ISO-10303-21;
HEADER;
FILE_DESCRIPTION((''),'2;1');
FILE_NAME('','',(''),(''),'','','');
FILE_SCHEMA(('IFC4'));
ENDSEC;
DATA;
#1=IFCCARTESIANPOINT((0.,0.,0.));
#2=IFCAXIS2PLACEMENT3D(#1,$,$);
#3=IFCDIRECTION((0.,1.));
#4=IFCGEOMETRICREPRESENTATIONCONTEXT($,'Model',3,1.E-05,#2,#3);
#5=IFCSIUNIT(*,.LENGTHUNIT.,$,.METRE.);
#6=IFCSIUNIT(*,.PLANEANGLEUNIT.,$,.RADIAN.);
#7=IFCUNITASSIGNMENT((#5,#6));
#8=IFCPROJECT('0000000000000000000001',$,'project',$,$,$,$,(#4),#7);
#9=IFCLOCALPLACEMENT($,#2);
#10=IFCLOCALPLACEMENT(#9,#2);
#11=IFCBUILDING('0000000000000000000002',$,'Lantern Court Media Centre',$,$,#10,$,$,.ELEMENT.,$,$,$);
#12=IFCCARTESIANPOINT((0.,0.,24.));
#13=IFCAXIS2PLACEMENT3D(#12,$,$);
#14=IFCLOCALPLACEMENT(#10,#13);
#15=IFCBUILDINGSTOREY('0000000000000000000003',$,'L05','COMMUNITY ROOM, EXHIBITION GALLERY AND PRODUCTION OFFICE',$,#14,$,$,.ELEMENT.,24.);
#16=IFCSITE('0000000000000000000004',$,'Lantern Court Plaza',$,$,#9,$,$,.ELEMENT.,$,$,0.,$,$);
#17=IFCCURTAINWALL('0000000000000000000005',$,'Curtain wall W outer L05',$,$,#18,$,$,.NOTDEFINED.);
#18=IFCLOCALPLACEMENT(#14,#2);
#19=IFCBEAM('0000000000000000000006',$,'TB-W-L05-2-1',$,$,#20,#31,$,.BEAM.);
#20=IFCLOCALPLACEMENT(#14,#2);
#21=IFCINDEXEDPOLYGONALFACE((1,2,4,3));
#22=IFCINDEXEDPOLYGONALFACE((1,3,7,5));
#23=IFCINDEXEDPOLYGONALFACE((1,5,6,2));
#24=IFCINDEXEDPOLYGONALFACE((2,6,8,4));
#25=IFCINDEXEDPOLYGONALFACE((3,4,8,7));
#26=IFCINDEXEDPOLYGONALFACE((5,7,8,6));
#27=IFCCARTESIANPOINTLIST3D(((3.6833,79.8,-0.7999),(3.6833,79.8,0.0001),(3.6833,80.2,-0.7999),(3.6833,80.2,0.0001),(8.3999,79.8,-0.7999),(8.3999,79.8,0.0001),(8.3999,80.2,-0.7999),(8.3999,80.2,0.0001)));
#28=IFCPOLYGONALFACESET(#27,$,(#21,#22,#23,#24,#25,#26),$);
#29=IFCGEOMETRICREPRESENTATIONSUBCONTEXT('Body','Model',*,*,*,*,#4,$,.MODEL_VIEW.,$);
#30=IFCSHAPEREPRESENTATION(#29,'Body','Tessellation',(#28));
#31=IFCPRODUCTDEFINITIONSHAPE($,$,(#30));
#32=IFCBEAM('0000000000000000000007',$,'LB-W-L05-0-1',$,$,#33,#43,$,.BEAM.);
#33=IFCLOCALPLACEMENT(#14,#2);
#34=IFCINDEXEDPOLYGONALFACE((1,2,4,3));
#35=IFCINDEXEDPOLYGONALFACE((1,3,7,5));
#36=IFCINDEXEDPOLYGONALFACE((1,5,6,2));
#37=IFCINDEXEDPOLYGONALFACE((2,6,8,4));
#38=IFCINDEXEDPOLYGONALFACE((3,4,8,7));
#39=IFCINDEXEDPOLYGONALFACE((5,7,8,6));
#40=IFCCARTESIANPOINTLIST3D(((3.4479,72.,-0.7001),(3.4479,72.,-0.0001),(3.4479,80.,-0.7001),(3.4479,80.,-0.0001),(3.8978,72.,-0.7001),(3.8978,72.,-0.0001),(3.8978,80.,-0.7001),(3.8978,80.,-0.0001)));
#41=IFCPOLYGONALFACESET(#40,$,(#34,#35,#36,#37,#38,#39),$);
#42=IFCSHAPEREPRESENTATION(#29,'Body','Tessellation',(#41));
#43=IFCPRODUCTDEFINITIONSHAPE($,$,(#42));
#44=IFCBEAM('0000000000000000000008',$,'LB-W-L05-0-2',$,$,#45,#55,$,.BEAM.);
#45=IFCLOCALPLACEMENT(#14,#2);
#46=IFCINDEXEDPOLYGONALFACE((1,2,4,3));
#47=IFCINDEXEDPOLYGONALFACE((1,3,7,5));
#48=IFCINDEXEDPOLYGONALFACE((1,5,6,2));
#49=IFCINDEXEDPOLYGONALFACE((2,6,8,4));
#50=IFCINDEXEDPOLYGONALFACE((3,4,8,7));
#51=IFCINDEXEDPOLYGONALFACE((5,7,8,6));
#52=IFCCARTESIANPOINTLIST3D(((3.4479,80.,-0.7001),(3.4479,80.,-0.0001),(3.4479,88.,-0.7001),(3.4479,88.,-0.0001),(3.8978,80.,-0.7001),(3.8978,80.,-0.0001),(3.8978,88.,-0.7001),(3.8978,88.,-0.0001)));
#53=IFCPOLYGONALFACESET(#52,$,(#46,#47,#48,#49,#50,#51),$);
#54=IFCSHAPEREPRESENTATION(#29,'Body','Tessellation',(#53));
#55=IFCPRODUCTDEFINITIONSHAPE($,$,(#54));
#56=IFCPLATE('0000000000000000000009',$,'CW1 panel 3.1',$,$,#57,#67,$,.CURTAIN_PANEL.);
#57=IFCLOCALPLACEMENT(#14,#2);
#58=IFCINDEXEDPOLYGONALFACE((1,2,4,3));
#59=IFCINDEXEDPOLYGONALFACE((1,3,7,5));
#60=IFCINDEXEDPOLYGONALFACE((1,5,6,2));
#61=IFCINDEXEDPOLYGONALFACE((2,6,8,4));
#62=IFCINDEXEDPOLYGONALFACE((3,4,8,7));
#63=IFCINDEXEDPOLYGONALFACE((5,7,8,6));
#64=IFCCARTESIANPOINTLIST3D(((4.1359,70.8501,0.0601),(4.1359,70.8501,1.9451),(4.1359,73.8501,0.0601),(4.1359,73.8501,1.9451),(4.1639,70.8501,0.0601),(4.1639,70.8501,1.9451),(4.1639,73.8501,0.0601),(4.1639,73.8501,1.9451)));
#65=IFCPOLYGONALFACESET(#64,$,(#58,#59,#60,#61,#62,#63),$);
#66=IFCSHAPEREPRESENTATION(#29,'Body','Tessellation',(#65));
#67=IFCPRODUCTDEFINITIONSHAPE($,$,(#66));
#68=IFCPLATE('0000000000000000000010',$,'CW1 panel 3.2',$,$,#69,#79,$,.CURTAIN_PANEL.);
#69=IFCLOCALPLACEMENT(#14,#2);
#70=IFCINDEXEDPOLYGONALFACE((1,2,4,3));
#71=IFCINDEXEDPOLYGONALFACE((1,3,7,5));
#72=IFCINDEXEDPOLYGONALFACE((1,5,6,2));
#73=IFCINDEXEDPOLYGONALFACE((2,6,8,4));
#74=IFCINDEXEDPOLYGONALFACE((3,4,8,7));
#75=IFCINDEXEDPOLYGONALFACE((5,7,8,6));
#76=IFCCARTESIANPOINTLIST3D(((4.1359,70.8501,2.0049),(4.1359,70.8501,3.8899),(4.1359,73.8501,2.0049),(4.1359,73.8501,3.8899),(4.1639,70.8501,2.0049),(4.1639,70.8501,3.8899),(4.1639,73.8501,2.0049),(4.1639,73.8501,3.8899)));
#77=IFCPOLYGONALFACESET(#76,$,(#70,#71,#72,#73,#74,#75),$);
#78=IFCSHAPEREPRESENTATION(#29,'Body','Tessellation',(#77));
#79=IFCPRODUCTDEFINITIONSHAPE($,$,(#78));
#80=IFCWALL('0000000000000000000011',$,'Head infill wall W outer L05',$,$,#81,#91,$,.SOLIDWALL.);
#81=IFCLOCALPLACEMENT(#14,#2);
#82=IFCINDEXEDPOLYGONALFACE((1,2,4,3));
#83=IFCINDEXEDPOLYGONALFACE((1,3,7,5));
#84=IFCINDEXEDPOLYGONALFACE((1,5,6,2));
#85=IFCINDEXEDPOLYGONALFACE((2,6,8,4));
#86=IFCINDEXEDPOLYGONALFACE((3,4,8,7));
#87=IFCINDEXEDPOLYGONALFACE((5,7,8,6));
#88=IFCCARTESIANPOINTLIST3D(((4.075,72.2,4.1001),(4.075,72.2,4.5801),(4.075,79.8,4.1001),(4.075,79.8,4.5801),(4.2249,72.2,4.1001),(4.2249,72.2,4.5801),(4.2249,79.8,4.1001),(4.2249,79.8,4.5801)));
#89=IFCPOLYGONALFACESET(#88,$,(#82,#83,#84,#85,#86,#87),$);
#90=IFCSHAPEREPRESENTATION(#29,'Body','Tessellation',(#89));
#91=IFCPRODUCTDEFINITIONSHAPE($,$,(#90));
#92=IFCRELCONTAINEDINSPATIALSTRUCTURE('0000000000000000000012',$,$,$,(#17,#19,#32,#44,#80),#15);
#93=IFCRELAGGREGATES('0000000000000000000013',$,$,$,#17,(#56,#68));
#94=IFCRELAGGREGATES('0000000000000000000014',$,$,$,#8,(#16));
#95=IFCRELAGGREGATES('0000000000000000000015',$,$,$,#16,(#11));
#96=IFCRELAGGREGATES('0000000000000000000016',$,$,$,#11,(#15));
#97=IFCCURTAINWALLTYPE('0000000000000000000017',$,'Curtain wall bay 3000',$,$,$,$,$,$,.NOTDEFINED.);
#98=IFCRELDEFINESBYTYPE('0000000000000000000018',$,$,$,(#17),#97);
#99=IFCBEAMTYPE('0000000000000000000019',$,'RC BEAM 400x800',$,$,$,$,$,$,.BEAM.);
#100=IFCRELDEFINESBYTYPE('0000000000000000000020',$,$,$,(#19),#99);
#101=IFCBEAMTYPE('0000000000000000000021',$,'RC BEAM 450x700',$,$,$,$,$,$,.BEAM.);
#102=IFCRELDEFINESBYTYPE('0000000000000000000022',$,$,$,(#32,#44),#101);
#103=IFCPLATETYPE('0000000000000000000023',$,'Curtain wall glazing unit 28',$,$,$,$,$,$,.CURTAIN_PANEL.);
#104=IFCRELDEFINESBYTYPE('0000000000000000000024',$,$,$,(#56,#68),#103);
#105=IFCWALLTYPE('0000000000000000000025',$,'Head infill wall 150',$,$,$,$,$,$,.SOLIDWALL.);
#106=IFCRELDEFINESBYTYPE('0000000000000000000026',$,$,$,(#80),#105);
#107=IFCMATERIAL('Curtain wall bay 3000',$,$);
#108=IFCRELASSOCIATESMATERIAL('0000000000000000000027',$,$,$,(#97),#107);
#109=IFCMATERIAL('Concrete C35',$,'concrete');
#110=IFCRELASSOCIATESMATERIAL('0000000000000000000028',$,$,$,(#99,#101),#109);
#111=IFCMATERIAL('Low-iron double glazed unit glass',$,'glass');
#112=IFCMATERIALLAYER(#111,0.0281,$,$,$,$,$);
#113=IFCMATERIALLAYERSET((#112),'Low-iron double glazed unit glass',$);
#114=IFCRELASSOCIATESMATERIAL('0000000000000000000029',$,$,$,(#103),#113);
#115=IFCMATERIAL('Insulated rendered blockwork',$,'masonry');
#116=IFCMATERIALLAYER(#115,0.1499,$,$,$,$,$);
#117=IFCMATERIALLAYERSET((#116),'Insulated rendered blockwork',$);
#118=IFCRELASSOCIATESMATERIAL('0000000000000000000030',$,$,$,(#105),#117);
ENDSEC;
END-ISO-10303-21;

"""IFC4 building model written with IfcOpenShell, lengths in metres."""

from ifc_helpers import new_model, si_unit, direction, frame, frame_2d, origin, origin_2d, place, context, subcontext, project, spatial, rectangle, extrude, material, layer, layer_set, material_profile, profile_set, type_object, element, aggregate, save


model = new_model("IFC4")

# Units and contexts
model_context = context("Model", 3, precision=1e-05, world=origin(), true_north=direction((0.0, 1.0)))
body_context = subcontext(model_context, "Body", "Model", "MODEL_VIEW")
ifc_project = project(units=[si_unit("LENGTHUNIT", "METRE"), si_unit("PLANEANGLEUNIT", "RADIAN")], contexts=[model_context])

# Site, building, storey
site_placement = place(None, origin())
site = spatial("IfcSite", under=ifc_project, at=site_placement, Name="Lantern Court Plaza", CompositionType="ELEMENT", RefElevation=0.0)
building_placement = place(site_placement, origin())
building = spatial("IfcBuilding", under=site, at=building_placement, Name="Lantern Court Media Centre", CompositionType="ELEMENT")
storey_placement = place(building_placement, frame((0.0, 0.0, 24.0)))
storey = spatial("IfcBuildingStorey", under=building, at=storey_placement, Name="L05", Description="COMMUNITY ROOM, EXHIBITION GALLERY AND PRODUCTION OFFICE", CompositionType="ELEMENT", Elevation=24.0)

# Shared definitions
ifc_material_1 = material(Name="Concrete C35", Category="concrete")

# Curtain wall
ifc_material_2 = material(Name="Curtain wall bay 3000")
curtain_wall_type = type_object("IfcCurtainWallType", Name="Curtain wall bay 3000", PredefinedType="NOTDEFINED", material=ifc_material_2)
curtain_wall_placement = place(storey_placement, origin())
curtain_wall = element("IfcCurtainWall", 1, at=curtain_wall_placement, inside=storey, type_object=curtain_wall_type, Name="Curtain wall W outer L05", PredefinedType="NOTDEFINED")

# Beams
ifc_material_profile_1 = material_profile(ifc_material_1, rectangle(XDim=0.3999, YDim=0.8, at=origin_2d()), Name="RC 400x800")
ifc_profile_set_1 = profile_set([ifc_material_profile_1], Name="Concrete C35")
beam_type_1 = type_object("IfcBeamType", Name="RC BEAM 400x800", PredefinedType="BEAM", material=ifc_profile_set_1)
for number, where, z_axis, x_axis, name in (
    (2, (3.6833, 80.0, -0.3999), (1.0, 0.0, 0.0), (0.0, 1.0, 0.0), "TB-W-L05-2-1"),
):
    element("IfcBeam", number, at=place(storey_placement, frame(where, z_axis=z_axis, x_axis=x_axis)), inside=storey, type_object=beam_type_1, Name=name, PredefinedType="BEAM", context=body_context, shape_type="SweptSolid", body=[
        extrude(rectangle(XDim=0.3999, YDim=0.8, at=origin_2d()), origin(), (0.0, 0.0, 1.0), 4.7166),
    ])
ifc_material_profile_2 = material_profile(ifc_material_1, rectangle(XDim=0.45, YDim=0.7, at=origin_2d()), Name="RC 450x700")
ifc_profile_set_2 = profile_set([ifc_material_profile_2], Name="Concrete C35")
beam_type_2 = type_object("IfcBeamType", Name="RC BEAM 450x700", PredefinedType="BEAM", material=ifc_profile_set_2)
for number, where, z_axis, x_axis, name in (
    (3, (3.6729, 72.0, -0.3501), (0.0, 1.0, 0.0), (-1.0, 0.0, 0.0), "LB-W-L05-0-1"),
    (4, (3.6729, 80.0, -0.3501), (0.0, 1.0, 0.0), (-1.0, 0.0, 0.0), "LB-W-L05-0-2"),
):
    element("IfcBeam", number, at=place(storey_placement, frame(where, z_axis=z_axis, x_axis=x_axis)), inside=storey, type_object=beam_type_2, Name=name, PredefinedType="BEAM", context=body_context, shape_type="SweptSolid", body=[
        extrude(rectangle(XDim=0.45, YDim=0.7, at=origin_2d()), origin(), (0.0, 0.0, 1.0), 8.0),
    ])

# Plates
ifc_material_3 = material(Name="Low-iron double glazed unit glass", Category="glass")
ifc_layer_1 = layer(ifc_material_3, 0.0281)
ifc_layer_set_1 = layer_set([ifc_layer_1], Name="Low-iron double glazed unit glass")
plate_type = type_object("IfcPlateType", Name="Curtain wall glazing unit 28", PredefinedType="CURTAIN_PANEL", material=ifc_layer_set_1)
plate_1_placement = place(storey_placement, frame((4.1499, 72.3501, 0.0601), z_axis=(0.0, 0.0, 1.0), x_axis=(0.0, 1.0, 0.0)))
plate_1 = element("IfcPlate", 5, at=plate_1_placement, type_object=plate_type, Name="CW1 panel 3.1", PredefinedType="CURTAIN_PANEL", context=body_context, shape_type="SweptSolid", body=[
    extrude(rectangle(XDim=3.0, YDim=0.0281, at=origin_2d()), origin(), (0.0, 0.0, 1.0), 1.885),
])
plate_2_placement = place(storey_placement, frame((4.1499, 72.3501, 2.0049), z_axis=(0.0, 0.0, 1.0), x_axis=(0.0, 1.0, 0.0)))
plate_2 = element("IfcPlate", 6, at=plate_2_placement, type_object=plate_type, Name="CW1 panel 3.2", PredefinedType="CURTAIN_PANEL", context=body_context, shape_type="SweptSolid", body=[
    extrude(rectangle(XDim=3.0, YDim=0.0281, at=origin_2d()), origin(), (0.0, 0.0, 1.0), 1.885),
])
aggregate(curtain_wall, [plate_1, plate_2])

# Wall
ifc_material_4 = material(Name="Insulated rendered blockwork", Category="masonry")
ifc_layer_2 = layer(ifc_material_4, 0.1499)
ifc_layer_set_2 = layer_set([ifc_layer_2], Name="Insulated rendered blockwork")
wall_type = type_object("IfcWallType", Name="Head infill wall 150", PredefinedType="SOLIDWALL", material=ifc_layer_set_2)
wall_placement = place(storey_placement, frame((4.1499, 72.2, 4.1001), z_axis=(0.0, 0.0, 1.0), x_axis=(0.0, 1.0, 0.0)))
element("IfcWall", 7, at=wall_placement, inside=storey, type_object=wall_type, Name="Head infill wall W outer L05", PredefinedType="SOLIDWALL", context=body_context, shape_type="SweptSolid", body=[
    extrude(rectangle(XDim=7.6001, YDim=0.1499, at=frame_2d((3.8, 0.0))), origin(), (0.0, 0.0, 1.0), 0.48),
])

save(model, "model.ifc")
